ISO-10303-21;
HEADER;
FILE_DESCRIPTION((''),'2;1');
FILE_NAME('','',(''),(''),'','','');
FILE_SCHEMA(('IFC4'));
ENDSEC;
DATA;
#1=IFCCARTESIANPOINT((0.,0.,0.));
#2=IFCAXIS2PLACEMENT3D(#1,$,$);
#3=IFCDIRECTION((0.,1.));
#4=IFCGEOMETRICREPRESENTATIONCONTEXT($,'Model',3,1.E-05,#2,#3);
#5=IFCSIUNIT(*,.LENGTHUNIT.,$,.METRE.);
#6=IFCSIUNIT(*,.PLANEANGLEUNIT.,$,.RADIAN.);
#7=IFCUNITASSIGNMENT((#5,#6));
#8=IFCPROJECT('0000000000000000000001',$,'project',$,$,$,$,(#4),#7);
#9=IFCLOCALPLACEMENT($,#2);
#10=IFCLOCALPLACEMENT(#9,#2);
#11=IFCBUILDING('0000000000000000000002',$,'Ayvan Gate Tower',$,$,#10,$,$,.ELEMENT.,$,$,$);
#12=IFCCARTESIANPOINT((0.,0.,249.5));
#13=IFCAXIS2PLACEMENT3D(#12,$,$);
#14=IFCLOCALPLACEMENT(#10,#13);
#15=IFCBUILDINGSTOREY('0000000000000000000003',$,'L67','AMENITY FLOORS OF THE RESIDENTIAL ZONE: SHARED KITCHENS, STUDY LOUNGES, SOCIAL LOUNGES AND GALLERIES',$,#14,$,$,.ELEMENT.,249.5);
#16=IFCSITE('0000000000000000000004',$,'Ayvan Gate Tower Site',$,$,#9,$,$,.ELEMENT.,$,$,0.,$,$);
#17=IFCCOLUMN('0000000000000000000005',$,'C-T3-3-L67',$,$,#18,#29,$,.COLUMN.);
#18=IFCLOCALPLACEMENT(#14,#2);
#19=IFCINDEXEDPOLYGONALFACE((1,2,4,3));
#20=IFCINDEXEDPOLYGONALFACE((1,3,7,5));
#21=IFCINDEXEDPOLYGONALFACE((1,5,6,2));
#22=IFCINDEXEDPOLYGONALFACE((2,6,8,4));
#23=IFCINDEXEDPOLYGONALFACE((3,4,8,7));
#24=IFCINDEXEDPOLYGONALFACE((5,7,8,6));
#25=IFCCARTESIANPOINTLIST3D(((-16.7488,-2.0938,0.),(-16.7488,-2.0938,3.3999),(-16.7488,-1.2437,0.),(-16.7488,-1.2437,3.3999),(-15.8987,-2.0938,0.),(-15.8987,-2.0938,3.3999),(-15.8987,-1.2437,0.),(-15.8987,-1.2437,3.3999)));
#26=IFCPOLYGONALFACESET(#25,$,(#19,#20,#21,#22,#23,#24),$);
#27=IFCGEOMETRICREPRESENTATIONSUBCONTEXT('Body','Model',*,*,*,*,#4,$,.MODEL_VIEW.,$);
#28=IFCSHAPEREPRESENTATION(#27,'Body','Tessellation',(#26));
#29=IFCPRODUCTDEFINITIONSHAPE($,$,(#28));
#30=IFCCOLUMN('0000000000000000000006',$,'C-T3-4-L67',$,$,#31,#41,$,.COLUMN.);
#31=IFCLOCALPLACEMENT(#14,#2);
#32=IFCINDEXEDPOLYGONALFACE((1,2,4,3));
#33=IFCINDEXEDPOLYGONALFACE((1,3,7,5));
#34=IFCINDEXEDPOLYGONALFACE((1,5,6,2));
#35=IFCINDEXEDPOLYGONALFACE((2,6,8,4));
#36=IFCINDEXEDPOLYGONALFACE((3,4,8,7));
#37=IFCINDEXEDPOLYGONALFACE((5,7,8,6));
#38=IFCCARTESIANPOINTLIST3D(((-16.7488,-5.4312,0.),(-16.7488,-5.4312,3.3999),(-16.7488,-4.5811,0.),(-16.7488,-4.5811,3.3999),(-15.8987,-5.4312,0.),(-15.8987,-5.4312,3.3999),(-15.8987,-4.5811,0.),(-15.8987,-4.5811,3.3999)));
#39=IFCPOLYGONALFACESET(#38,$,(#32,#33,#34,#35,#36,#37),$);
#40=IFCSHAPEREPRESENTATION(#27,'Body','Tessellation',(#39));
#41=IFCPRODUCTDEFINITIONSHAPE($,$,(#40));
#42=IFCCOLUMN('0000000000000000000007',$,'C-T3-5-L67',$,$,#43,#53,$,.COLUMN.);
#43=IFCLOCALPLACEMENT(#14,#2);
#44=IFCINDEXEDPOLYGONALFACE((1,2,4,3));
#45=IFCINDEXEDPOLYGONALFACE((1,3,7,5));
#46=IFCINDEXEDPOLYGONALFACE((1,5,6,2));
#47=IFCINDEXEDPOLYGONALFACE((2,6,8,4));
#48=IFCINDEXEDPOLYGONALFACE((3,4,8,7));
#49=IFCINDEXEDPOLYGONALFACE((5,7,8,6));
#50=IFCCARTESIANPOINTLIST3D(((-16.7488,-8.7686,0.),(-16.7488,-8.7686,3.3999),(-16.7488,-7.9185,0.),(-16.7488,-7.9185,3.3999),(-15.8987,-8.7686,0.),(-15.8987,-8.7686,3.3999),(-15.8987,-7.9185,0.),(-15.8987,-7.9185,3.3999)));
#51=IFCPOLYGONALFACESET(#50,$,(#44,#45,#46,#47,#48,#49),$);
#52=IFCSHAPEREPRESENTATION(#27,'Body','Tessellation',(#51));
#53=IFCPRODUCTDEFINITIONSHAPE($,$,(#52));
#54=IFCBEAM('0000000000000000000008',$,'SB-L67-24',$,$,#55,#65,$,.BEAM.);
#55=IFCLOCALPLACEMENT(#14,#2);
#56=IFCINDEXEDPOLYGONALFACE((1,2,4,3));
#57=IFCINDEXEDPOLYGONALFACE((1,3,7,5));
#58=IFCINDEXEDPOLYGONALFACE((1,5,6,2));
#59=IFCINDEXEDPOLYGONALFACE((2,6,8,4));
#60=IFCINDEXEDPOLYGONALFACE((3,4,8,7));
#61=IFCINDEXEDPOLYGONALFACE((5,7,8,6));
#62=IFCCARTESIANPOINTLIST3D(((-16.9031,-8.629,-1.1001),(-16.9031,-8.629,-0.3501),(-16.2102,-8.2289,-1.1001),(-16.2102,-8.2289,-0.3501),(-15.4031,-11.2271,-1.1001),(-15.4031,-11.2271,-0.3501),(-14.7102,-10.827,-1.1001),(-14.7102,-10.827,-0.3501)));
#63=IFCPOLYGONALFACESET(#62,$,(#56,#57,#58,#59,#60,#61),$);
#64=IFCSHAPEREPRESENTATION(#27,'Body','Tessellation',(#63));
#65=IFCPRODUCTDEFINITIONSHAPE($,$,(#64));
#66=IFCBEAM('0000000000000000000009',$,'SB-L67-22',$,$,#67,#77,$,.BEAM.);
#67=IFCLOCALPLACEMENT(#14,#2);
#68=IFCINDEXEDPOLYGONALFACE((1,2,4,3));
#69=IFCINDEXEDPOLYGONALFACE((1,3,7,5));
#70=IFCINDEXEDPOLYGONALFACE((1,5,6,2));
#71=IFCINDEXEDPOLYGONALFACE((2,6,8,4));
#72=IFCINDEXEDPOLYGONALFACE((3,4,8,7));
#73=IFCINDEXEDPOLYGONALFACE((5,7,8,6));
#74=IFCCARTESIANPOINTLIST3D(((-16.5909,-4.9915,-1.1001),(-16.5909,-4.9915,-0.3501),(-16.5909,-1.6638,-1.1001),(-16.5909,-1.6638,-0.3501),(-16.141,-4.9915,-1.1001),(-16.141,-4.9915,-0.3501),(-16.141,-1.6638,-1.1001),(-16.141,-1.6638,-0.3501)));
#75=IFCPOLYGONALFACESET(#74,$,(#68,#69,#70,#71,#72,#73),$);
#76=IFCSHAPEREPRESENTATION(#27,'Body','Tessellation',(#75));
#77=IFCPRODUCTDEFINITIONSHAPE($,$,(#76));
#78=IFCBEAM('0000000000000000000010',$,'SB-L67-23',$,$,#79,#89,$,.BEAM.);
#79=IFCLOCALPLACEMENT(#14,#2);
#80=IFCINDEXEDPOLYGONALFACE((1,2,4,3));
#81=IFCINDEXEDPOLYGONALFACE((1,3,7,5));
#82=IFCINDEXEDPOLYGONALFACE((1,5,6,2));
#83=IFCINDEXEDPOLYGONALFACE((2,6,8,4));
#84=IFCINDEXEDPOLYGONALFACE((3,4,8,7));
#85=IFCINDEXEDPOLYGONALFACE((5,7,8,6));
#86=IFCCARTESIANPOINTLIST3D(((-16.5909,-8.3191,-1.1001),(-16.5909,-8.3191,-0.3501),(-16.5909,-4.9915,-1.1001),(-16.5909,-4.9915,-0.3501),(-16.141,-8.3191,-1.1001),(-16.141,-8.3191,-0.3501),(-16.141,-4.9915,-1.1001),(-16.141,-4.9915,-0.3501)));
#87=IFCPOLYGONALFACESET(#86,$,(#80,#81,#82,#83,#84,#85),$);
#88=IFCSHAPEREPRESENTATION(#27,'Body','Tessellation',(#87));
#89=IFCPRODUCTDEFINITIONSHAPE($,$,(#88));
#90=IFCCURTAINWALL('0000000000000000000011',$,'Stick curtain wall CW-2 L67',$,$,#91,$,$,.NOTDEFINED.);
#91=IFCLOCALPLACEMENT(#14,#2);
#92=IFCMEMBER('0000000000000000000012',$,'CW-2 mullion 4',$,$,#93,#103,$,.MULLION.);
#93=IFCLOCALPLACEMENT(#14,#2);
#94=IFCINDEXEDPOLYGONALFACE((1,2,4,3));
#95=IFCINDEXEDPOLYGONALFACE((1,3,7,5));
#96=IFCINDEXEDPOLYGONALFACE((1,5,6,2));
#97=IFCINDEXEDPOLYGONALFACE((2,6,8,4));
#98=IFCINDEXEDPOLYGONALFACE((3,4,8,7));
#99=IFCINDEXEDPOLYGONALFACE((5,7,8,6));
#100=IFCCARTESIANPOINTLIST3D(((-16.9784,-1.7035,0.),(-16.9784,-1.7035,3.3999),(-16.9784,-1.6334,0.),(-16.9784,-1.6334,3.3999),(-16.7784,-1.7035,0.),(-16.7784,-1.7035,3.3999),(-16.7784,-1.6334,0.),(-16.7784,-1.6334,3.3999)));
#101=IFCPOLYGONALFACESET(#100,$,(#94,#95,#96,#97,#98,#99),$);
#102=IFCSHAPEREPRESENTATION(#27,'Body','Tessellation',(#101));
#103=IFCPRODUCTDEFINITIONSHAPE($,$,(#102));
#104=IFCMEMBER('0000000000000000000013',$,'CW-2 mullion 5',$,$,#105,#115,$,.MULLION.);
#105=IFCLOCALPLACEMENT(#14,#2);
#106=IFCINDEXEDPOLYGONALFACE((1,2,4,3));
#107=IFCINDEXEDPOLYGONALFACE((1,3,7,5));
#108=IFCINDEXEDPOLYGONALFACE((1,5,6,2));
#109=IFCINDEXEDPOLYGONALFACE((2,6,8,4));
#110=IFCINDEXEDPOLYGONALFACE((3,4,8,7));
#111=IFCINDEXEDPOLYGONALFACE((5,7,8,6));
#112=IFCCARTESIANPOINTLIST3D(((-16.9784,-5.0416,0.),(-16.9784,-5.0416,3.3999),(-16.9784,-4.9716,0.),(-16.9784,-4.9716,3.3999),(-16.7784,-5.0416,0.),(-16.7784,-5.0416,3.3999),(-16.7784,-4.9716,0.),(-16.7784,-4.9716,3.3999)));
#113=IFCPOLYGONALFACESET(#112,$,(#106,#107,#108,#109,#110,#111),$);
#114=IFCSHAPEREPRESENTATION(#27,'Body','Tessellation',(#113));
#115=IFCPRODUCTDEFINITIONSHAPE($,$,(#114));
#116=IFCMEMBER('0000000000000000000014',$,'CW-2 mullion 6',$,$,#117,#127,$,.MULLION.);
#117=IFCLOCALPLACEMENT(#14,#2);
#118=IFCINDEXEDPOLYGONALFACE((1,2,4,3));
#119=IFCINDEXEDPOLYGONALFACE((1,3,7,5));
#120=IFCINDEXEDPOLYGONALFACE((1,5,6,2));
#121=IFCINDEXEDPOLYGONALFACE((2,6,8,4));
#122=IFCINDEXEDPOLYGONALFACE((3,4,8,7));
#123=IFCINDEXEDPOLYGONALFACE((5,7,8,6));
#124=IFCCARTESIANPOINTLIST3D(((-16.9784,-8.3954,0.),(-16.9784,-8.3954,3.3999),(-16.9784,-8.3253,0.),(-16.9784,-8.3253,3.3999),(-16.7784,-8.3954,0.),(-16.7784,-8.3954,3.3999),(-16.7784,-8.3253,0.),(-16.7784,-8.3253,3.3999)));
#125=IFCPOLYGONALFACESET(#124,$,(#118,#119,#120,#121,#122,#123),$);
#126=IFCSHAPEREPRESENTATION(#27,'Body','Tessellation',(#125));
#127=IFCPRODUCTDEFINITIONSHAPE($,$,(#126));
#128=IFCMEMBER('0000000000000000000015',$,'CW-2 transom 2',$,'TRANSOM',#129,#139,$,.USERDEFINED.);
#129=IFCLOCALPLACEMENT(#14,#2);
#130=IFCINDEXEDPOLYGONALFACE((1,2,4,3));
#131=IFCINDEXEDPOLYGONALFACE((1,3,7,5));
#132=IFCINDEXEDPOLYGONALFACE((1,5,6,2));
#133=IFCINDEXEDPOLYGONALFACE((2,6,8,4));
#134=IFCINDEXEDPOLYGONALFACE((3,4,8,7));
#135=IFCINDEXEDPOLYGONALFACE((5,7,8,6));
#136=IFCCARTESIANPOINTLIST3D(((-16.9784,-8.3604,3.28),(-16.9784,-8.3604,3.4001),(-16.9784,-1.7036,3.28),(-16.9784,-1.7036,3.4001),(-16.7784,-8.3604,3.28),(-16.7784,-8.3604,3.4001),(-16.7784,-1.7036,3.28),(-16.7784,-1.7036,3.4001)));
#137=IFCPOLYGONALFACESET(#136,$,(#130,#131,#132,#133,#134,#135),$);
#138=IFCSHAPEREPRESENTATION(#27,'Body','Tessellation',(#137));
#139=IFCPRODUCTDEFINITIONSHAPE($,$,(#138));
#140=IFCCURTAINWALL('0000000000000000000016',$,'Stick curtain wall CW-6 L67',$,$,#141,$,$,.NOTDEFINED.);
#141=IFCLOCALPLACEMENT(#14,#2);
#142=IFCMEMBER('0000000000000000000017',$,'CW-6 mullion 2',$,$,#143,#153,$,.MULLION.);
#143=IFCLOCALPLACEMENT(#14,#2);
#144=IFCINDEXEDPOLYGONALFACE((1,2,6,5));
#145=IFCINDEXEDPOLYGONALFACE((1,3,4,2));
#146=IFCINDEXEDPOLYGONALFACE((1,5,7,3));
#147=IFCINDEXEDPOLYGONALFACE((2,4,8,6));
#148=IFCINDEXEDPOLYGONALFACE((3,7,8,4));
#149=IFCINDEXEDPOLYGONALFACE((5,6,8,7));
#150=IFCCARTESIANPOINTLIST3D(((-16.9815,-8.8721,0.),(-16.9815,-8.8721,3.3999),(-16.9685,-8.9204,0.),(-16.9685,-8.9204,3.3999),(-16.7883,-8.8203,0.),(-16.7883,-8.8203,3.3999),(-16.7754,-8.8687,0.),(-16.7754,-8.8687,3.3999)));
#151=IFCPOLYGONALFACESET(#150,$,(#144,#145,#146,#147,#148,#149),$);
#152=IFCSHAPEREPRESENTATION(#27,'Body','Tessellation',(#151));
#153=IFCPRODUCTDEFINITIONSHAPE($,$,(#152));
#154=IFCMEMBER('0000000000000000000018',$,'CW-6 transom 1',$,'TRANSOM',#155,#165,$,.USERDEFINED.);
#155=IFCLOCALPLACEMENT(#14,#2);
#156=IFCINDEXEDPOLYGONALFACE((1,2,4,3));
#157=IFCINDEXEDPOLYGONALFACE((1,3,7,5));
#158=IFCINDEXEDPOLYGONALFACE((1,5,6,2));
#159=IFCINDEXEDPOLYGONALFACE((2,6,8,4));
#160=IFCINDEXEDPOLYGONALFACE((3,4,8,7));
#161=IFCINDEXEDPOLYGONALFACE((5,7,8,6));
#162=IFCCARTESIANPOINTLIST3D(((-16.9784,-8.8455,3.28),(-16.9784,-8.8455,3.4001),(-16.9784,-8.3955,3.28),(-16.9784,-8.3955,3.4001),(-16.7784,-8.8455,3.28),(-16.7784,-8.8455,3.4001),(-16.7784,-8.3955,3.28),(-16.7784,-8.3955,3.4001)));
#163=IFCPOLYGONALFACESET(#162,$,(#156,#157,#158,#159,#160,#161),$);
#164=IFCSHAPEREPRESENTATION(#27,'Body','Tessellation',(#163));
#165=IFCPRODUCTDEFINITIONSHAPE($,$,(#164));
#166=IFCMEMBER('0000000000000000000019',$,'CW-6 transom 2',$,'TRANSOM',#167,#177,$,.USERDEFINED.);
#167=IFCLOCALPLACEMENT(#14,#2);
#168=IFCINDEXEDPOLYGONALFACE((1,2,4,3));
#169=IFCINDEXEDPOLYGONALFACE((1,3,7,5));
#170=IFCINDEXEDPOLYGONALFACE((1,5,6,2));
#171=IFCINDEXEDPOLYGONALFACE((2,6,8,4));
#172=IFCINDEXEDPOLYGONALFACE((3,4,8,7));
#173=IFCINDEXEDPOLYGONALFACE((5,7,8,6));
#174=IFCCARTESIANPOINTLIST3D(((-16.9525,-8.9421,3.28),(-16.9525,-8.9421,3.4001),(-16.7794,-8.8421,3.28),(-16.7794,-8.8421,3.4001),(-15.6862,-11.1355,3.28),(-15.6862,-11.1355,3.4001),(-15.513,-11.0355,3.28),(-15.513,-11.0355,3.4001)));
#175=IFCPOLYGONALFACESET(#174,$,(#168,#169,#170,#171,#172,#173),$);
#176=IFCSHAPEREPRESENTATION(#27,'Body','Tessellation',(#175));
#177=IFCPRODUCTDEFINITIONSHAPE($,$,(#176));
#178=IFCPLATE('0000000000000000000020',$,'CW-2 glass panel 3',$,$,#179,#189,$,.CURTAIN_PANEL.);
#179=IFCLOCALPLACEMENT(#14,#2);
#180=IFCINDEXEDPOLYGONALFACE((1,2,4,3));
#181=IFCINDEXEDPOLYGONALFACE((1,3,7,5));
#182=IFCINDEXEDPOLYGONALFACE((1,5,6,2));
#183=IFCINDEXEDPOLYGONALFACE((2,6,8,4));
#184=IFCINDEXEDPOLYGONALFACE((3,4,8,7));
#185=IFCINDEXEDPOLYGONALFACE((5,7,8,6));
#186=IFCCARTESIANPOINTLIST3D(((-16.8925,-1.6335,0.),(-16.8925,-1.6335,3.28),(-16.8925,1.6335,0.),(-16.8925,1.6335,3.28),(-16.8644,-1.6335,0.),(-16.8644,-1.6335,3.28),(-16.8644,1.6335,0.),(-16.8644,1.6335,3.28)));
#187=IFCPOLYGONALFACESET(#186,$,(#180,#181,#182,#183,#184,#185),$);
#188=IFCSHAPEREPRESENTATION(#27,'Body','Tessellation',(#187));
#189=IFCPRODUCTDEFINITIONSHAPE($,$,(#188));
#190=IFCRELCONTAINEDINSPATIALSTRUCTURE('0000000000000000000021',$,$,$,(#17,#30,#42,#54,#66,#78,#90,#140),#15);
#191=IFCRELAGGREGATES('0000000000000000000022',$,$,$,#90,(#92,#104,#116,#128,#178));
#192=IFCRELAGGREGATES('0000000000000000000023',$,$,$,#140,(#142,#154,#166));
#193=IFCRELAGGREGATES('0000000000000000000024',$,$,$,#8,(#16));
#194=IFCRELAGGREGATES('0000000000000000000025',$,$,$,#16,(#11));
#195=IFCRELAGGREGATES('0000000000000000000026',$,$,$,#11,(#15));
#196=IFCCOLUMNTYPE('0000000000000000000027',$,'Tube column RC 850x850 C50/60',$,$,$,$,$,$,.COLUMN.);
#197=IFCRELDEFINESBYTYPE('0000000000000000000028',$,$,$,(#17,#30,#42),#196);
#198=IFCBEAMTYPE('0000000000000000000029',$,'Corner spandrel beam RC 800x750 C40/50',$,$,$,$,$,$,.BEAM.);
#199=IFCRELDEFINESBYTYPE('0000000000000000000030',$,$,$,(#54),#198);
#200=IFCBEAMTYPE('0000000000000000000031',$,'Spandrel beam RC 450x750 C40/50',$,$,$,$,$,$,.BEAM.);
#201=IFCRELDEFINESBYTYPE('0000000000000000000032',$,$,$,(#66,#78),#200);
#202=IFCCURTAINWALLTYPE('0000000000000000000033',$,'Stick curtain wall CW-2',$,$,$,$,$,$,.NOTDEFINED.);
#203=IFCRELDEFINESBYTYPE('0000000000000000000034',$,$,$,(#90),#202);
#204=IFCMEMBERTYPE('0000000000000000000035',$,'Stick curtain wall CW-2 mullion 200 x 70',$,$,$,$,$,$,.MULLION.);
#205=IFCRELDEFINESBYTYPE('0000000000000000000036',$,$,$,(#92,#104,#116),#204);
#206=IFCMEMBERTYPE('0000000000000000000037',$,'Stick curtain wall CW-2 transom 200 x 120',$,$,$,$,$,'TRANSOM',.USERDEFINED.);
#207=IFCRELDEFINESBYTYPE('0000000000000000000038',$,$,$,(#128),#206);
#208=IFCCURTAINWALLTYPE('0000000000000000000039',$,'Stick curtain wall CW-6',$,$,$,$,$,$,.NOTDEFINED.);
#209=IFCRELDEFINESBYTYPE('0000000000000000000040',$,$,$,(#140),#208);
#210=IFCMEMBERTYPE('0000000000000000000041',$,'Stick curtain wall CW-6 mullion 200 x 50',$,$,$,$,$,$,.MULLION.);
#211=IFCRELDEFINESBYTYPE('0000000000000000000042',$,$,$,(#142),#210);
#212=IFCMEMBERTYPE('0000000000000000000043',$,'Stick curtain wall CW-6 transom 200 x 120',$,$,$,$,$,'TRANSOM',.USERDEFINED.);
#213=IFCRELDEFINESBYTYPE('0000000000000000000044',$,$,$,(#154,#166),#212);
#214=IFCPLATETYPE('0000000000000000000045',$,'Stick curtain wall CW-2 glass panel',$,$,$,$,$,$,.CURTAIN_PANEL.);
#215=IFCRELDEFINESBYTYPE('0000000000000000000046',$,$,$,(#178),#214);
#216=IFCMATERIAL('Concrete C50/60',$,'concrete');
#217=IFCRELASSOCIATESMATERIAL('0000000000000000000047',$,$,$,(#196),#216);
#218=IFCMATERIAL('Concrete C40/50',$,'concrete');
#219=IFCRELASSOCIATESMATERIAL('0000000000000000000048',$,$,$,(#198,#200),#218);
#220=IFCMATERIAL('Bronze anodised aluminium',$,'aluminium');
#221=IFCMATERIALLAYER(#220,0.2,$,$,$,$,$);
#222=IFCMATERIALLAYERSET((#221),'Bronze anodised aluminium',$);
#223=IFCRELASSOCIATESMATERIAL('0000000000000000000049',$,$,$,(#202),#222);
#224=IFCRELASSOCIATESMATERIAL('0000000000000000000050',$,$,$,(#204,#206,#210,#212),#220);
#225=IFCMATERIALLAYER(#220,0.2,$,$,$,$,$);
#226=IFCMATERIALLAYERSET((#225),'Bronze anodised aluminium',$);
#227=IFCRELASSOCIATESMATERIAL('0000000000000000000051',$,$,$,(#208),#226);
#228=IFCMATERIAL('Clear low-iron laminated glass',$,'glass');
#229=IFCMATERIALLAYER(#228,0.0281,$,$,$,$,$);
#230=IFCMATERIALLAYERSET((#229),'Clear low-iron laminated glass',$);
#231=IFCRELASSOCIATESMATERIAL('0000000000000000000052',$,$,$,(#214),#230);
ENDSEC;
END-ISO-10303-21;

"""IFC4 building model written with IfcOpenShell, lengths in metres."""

from ifc_helpers import new_model, si_unit, direction, frame, origin, origin_2d, place, context, subcontext, project, spatial, rectangle, extrude, material, layer, layer_set, material_profile, profile_set, type_object, element, aggregate, save


model = new_model("IFC4")

# Units and contexts
model_context = context("Model", 3, precision=1e-05, world=origin(), true_north=direction((0.0, 1.0)))
body_context = subcontext(model_context, "Body", "Model", "MODEL_VIEW")
ifc_project = project(units=[si_unit("LENGTHUNIT", "METRE"), si_unit("PLANEANGLEUNIT", "RADIAN")], contexts=[model_context])

# Site, building, storey
site_placement = place(None, origin())
site = spatial("IfcSite", under=ifc_project, at=site_placement, Name="Ayvan Gate Tower Site", CompositionType="ELEMENT", RefElevation=0.0)
building_placement = place(site_placement, origin())
building = spatial("IfcBuilding", under=site, at=building_placement, Name="Ayvan Gate Tower", CompositionType="ELEMENT")
storey_placement = place(building_placement, frame((0.0, 0.0, 249.5)))
storey = spatial("IfcBuildingStorey", under=building, at=storey_placement, Name="L67", Description="AMENITY FLOORS OF THE RESIDENTIAL ZONE: SHARED KITCHENS, STUDY LOUNGES, SOCIAL LOUNGES AND GALLERIES", CompositionType="ELEMENT", Elevation=249.5)

# Columns
ifc_material_1 = material(Name="Concrete C50/60", Category="concrete")
ifc_material_profile_1 = material_profile(ifc_material_1, rectangle(XDim=0.8501, YDim=0.8501, at=origin_2d()), Name="RC 850x850")
ifc_profile_set_1 = profile_set([ifc_material_profile_1], Name="Concrete C50/60")
column_type = type_object("IfcColumnType", Name="Tube column RC 850x850 C50/60", PredefinedType="COLUMN", material=ifc_profile_set_1)
for number, where, z_axis, x_axis, name in (
    (1, (-16.3237, -1.6687, 0.0), (0.0, 0.0, 1.0), (-1.0, 0.0, 0.0), "C-T3-3-L67"),
    (2, (-16.3237, -5.0061, 0.0), (0.0, 0.0, 1.0), (-1.0, 0.0, 0.0), "C-T3-4-L67"),
    (3, (-16.3237, -8.3435, 0.0), (0.0, 0.0, 1.0), (-1.0, 0.0, 0.0), "C-T3-5-L67"),
):
    element("IfcColumn", number, at=place(storey_placement, frame(where, z_axis=z_axis, x_axis=x_axis)), inside=storey, type_object=column_type, Name=name, PredefinedType="COLUMN", context=body_context, shape_type="SweptSolid", body=[
        extrude(rectangle(XDim=0.8501, YDim=0.8501, at=origin_2d()), origin(), (0.0, 0.0, 1.0), 3.3999),
    ])

# Beams
ifc_material_2 = material(Name="Concrete C40/50", Category="concrete")
ifc_material_profile_2 = material_profile(ifc_material_2, rectangle(XDim=0.8, YDim=0.75, at=origin_2d()), Name="RC 800x750")
ifc_profile_set_2 = profile_set([ifc_material_profile_2], Name="Concrete C40/50")
beam_type_1 = type_object("IfcBeamType", Name="Corner spandrel beam RC 800x750 C40/50", PredefinedType="BEAM", material=ifc_profile_set_2)
beam_placement = place(storey_placement, frame((-16.5566, -8.429, -0.7251), z_axis=(0.49999, -0.866031, 0.0), x_axis=(0.866031, 0.49999, 0.0)))
element("IfcBeam", 4, at=beam_placement, inside=storey, type_object=beam_type_1, Name="SB-L67-24", PredefinedType="BEAM", context=body_context, shape_type="SweptSolid", body=[
    extrude(rectangle(XDim=0.8, YDim=0.75, at=origin_2d()), origin(), (0.0, 0.0, 1.0), 3.0),
])
ifc_material_profile_3 = material_profile(ifc_material_2, rectangle(XDim=0.45, YDim=0.75, at=origin_2d()), Name="RC 450x750")
ifc_profile_set_3 = profile_set([ifc_material_profile_3], Name="Concrete C40/50")
beam_type_2 = type_object("IfcBeamType", Name="Spandrel beam RC 450x750 C40/50", PredefinedType="BEAM", material=ifc_profile_set_3)
for number, where, z_axis, x_axis, name in (
    (5, (-16.366, -1.6638, -0.7251), (0.0, -1.0, 0.0), (1.0, 0.0, 0.0), "SB-L67-22"),
    (6, (-16.366, -4.9915, -0.7251), (0.0, -1.0, 0.0), (1.0, 0.0, 0.0), "SB-L67-23"),
):
    element("IfcBeam", number, at=place(storey_placement, frame(where, z_axis=z_axis, x_axis=x_axis)), inside=storey, type_object=beam_type_2, Name=name, PredefinedType="BEAM", context=body_context, shape_type="SweptSolid", body=[
        extrude(rectangle(XDim=0.45, YDim=0.75, at=origin_2d()), origin(), (0.0, 0.0, 1.0), 3.3276),
    ])

# Curtain walls, members
ifc_material_3 = material(Name="Bronze anodised aluminium", Category="aluminium")
ifc_layer_1 = layer(ifc_material_3, 0.2)
ifc_layer_set_1 = layer_set([ifc_layer_1], Name="Bronze anodised aluminium")
curtain_wall_type_1 = type_object("IfcCurtainWallType", Name="Stick curtain wall CW-2", PredefinedType="NOTDEFINED", material=ifc_layer_set_1)
curtain_wall_1_placement = place(storey_placement, origin())
curtain_wall_1 = element("IfcCurtainWall", 7, at=curtain_wall_1_placement, inside=storey, type_object=curtain_wall_type_1, Name="Stick curtain wall CW-2 L67", PredefinedType="NOTDEFINED")
ifc_material_profile_4 = material_profile(ifc_material_3, rectangle(XDim=0.2, YDim=0.0701, at=origin_2d()), Name="Stick curtain wall CW-2 mullion 200 x 70")
ifc_profile_set_4 = profile_set([ifc_material_profile_4], Name="Bronze anodised aluminium")
member_type_1 = type_object("IfcMemberType", Name="Stick curtain wall CW-2 mullion 200 x 70", PredefinedType="MULLION", material=ifc_profile_set_4)
member_1_placement = place(storey_placement, frame((-16.8784, -1.6685, 0.0), z_axis=(0.0, 0.0, 1.0), x_axis=(-1.0, 0.0, 0.0)))
member_1 = element("IfcMember", 8, at=member_1_placement, type_object=member_type_1, Name="CW-2 mullion 4", PredefinedType="MULLION", context=body_context, shape_type="SweptSolid", body=[
    extrude(rectangle(XDim=0.2, YDim=0.0701, at=origin_2d()), origin(), (0.0, 0.0, 1.0), 3.3999),
])
member_2_placement = place(storey_placement, frame((-16.8784, -5.0066, 0.0), z_axis=(0.0, 0.0, 1.0), x_axis=(-1.0, 0.0, 0.0)))
member_2 = element("IfcMember", 9, at=member_2_placement, type_object=member_type_1, Name="CW-2 mullion 5", PredefinedType="MULLION", context=body_context, shape_type="SweptSolid", body=[
    extrude(rectangle(XDim=0.2, YDim=0.0701, at=origin_2d()), origin(), (0.0, 0.0, 1.0), 3.3999),
])
member_3_placement = place(storey_placement, frame((-16.8784, -8.3604, 0.0), z_axis=(0.0, 0.0, 1.0), x_axis=(-1.0, 0.0, 0.0)))
member_3 = element("IfcMember", 10, at=member_3_placement, type_object=member_type_1, Name="CW-2 mullion 6", PredefinedType="MULLION", context=body_context, shape_type="SweptSolid", body=[
    extrude(rectangle(XDim=0.2, YDim=0.0701, at=origin_2d()), origin(), (0.0, 0.0, 1.0), 3.3999),
])
ifc_material_profile_5 = material_profile(ifc_material_3, rectangle(XDim=0.2, YDim=0.1201, at=origin_2d()), Name="Stick curtain wall CW-2 transom 200 x 120")
ifc_profile_set_5 = profile_set([ifc_material_profile_5], Name="Bronze anodised aluminium")
member_type_2 = type_object("IfcMemberType", Name="Stick curtain wall CW-2 transom 200 x 120", ElementType="TRANSOM", PredefinedType="USERDEFINED", material=ifc_profile_set_5)
member_4_placement = place(storey_placement, frame((-16.8784, -1.7036, 3.3401), z_axis=(0.0, -1.0, 0.0), x_axis=(1.0, 0.0, 0.0)))
member_4 = element("IfcMember", 11, at=member_4_placement, type_object=member_type_2, Name="CW-2 transom 2", ObjectType="TRANSOM", PredefinedType="USERDEFINED", context=body_context, shape_type="SweptSolid", body=[
    extrude(rectangle(XDim=0.2, YDim=0.1201, at=origin_2d()), origin(), (0.0, 0.0, 1.0), 6.6567),
])
ifc_layer_2 = layer(ifc_material_3, 0.2)
ifc_layer_set_2 = layer_set([ifc_layer_2], Name="Bronze anodised aluminium")
curtain_wall_type_2 = type_object("IfcCurtainWallType", Name="Stick curtain wall CW-6", PredefinedType="NOTDEFINED", material=ifc_layer_set_2)
curtain_wall_2_placement = place(storey_placement, origin())
curtain_wall_2 = element("IfcCurtainWall", 12, at=curtain_wall_2_placement, inside=storey, type_object=curtain_wall_type_2, Name="Stick curtain wall CW-6 L67", PredefinedType="NOTDEFINED")
ifc_material_profile_6 = material_profile(ifc_material_3, rectangle(XDim=0.2, YDim=0.05, at=origin_2d()), Name="Stick curtain wall CW-6 mullion 200 x 50")
ifc_profile_set_6 = profile_set([ifc_material_profile_6], Name="Bronze anodised aluminium")
member_type_3 = type_object("IfcMemberType", Name="Stick curtain wall CW-6 mullion 200 x 50", PredefinedType="MULLION", material=ifc_profile_set_6)
member_5_placement = place(storey_placement, frame((-16.8784, -8.8704, 0.0), z_axis=(0.0, 0.0, 1.0), x_axis=(-0.965926, -0.258819, 0.0)))
member_5 = element("IfcMember", 13, at=member_5_placement, type_object=member_type_3, Name="CW-6 mullion 2", PredefinedType="MULLION", context=body_context, shape_type="SweptSolid", body=[
    extrude(rectangle(XDim=0.2, YDim=0.05, at=origin_2d()), origin(), (0.0, 0.0, 1.0), 3.3999),
])
ifc_material_profile_7 = material_profile(ifc_material_3, rectangle(XDim=0.2, YDim=0.1201, at=origin_2d()), Name="Stick curtain wall CW-6 transom 200 x 120")
ifc_profile_set_7 = profile_set([ifc_material_profile_7], Name="Bronze anodised aluminium")
member_type_4 = type_object("IfcMemberType", Name="Stick curtain wall CW-6 transom 200 x 120", ElementType="TRANSOM", PredefinedType="USERDEFINED", material=ifc_profile_set_7)
member_6_placement = place(storey_placement, frame((-16.8784, -8.3955, 3.3401), z_axis=(0.0, -1.0, 0.0), x_axis=(1.0, 0.0, 0.0)))
member_6 = element("IfcMember", 14, at=member_6_placement, type_object=member_type_4, Name="CW-6 transom 1", ObjectType="TRANSOM", PredefinedType="USERDEFINED", context=body_context, shape_type="SweptSolid", body=[
    extrude(rectangle(XDim=0.2, YDim=0.1201, at=origin_2d()), origin(), (0.0, 0.0, 1.0), 0.45),
])
member_7_placement = place(storey_placement, frame((-16.866, -8.8921, 3.3401), z_axis=(0.500006, -0.866022, 0.0), x_axis=(0.866022, 0.500006, 0.0)))
member_7 = element("IfcMember", 15, at=member_7_placement, type_object=member_type_4, Name="CW-6 transom 2", ObjectType="TRANSOM", PredefinedType="USERDEFINED", context=body_context, shape_type="SweptSolid", body=[
    extrude(rectangle(XDim=0.2, YDim=0.1201, at=origin_2d()), origin(), (0.0, 0.0, 1.0), 2.5327),
])

# Plate
ifc_material_4 = material(Name="Clear low-iron laminated glass", Category="glass")
ifc_layer_3 = layer(ifc_material_4, 0.0281)
ifc_layer_set_3 = layer_set([ifc_layer_3], Name="Clear low-iron laminated glass")
plate_type_1 = type_object("IfcPlateType", Name="Stick curtain wall CW-2 glass panel", PredefinedType="CURTAIN_PANEL", material=ifc_layer_set_3)
plate_1_placement = place(storey_placement, frame((-16.8784, 0.0, 0.0), z_axis=(0.0, 0.0, 1.0), x_axis=(0.0, -1.0, 0.0)))
plate_1 = element("IfcPlate", 16, at=plate_1_placement, type_object=plate_type_1, Name="CW-2 glass panel 3", PredefinedType="CURTAIN_PANEL", context=body_context, shape_type="SweptSolid", body=[
    extrude(rectangle(XDim=3.2671, YDim=0.0281, at=origin_2d()), origin(), (0.0, 0.0, 1.0), 3.28),
])
aggregate(curtain_wall_1, [member_1, member_2, member_3, member_4, plate_1])
aggregate(curtain_wall_2, [member_5, member_6, member_7])

save(model, "model.ifc")
